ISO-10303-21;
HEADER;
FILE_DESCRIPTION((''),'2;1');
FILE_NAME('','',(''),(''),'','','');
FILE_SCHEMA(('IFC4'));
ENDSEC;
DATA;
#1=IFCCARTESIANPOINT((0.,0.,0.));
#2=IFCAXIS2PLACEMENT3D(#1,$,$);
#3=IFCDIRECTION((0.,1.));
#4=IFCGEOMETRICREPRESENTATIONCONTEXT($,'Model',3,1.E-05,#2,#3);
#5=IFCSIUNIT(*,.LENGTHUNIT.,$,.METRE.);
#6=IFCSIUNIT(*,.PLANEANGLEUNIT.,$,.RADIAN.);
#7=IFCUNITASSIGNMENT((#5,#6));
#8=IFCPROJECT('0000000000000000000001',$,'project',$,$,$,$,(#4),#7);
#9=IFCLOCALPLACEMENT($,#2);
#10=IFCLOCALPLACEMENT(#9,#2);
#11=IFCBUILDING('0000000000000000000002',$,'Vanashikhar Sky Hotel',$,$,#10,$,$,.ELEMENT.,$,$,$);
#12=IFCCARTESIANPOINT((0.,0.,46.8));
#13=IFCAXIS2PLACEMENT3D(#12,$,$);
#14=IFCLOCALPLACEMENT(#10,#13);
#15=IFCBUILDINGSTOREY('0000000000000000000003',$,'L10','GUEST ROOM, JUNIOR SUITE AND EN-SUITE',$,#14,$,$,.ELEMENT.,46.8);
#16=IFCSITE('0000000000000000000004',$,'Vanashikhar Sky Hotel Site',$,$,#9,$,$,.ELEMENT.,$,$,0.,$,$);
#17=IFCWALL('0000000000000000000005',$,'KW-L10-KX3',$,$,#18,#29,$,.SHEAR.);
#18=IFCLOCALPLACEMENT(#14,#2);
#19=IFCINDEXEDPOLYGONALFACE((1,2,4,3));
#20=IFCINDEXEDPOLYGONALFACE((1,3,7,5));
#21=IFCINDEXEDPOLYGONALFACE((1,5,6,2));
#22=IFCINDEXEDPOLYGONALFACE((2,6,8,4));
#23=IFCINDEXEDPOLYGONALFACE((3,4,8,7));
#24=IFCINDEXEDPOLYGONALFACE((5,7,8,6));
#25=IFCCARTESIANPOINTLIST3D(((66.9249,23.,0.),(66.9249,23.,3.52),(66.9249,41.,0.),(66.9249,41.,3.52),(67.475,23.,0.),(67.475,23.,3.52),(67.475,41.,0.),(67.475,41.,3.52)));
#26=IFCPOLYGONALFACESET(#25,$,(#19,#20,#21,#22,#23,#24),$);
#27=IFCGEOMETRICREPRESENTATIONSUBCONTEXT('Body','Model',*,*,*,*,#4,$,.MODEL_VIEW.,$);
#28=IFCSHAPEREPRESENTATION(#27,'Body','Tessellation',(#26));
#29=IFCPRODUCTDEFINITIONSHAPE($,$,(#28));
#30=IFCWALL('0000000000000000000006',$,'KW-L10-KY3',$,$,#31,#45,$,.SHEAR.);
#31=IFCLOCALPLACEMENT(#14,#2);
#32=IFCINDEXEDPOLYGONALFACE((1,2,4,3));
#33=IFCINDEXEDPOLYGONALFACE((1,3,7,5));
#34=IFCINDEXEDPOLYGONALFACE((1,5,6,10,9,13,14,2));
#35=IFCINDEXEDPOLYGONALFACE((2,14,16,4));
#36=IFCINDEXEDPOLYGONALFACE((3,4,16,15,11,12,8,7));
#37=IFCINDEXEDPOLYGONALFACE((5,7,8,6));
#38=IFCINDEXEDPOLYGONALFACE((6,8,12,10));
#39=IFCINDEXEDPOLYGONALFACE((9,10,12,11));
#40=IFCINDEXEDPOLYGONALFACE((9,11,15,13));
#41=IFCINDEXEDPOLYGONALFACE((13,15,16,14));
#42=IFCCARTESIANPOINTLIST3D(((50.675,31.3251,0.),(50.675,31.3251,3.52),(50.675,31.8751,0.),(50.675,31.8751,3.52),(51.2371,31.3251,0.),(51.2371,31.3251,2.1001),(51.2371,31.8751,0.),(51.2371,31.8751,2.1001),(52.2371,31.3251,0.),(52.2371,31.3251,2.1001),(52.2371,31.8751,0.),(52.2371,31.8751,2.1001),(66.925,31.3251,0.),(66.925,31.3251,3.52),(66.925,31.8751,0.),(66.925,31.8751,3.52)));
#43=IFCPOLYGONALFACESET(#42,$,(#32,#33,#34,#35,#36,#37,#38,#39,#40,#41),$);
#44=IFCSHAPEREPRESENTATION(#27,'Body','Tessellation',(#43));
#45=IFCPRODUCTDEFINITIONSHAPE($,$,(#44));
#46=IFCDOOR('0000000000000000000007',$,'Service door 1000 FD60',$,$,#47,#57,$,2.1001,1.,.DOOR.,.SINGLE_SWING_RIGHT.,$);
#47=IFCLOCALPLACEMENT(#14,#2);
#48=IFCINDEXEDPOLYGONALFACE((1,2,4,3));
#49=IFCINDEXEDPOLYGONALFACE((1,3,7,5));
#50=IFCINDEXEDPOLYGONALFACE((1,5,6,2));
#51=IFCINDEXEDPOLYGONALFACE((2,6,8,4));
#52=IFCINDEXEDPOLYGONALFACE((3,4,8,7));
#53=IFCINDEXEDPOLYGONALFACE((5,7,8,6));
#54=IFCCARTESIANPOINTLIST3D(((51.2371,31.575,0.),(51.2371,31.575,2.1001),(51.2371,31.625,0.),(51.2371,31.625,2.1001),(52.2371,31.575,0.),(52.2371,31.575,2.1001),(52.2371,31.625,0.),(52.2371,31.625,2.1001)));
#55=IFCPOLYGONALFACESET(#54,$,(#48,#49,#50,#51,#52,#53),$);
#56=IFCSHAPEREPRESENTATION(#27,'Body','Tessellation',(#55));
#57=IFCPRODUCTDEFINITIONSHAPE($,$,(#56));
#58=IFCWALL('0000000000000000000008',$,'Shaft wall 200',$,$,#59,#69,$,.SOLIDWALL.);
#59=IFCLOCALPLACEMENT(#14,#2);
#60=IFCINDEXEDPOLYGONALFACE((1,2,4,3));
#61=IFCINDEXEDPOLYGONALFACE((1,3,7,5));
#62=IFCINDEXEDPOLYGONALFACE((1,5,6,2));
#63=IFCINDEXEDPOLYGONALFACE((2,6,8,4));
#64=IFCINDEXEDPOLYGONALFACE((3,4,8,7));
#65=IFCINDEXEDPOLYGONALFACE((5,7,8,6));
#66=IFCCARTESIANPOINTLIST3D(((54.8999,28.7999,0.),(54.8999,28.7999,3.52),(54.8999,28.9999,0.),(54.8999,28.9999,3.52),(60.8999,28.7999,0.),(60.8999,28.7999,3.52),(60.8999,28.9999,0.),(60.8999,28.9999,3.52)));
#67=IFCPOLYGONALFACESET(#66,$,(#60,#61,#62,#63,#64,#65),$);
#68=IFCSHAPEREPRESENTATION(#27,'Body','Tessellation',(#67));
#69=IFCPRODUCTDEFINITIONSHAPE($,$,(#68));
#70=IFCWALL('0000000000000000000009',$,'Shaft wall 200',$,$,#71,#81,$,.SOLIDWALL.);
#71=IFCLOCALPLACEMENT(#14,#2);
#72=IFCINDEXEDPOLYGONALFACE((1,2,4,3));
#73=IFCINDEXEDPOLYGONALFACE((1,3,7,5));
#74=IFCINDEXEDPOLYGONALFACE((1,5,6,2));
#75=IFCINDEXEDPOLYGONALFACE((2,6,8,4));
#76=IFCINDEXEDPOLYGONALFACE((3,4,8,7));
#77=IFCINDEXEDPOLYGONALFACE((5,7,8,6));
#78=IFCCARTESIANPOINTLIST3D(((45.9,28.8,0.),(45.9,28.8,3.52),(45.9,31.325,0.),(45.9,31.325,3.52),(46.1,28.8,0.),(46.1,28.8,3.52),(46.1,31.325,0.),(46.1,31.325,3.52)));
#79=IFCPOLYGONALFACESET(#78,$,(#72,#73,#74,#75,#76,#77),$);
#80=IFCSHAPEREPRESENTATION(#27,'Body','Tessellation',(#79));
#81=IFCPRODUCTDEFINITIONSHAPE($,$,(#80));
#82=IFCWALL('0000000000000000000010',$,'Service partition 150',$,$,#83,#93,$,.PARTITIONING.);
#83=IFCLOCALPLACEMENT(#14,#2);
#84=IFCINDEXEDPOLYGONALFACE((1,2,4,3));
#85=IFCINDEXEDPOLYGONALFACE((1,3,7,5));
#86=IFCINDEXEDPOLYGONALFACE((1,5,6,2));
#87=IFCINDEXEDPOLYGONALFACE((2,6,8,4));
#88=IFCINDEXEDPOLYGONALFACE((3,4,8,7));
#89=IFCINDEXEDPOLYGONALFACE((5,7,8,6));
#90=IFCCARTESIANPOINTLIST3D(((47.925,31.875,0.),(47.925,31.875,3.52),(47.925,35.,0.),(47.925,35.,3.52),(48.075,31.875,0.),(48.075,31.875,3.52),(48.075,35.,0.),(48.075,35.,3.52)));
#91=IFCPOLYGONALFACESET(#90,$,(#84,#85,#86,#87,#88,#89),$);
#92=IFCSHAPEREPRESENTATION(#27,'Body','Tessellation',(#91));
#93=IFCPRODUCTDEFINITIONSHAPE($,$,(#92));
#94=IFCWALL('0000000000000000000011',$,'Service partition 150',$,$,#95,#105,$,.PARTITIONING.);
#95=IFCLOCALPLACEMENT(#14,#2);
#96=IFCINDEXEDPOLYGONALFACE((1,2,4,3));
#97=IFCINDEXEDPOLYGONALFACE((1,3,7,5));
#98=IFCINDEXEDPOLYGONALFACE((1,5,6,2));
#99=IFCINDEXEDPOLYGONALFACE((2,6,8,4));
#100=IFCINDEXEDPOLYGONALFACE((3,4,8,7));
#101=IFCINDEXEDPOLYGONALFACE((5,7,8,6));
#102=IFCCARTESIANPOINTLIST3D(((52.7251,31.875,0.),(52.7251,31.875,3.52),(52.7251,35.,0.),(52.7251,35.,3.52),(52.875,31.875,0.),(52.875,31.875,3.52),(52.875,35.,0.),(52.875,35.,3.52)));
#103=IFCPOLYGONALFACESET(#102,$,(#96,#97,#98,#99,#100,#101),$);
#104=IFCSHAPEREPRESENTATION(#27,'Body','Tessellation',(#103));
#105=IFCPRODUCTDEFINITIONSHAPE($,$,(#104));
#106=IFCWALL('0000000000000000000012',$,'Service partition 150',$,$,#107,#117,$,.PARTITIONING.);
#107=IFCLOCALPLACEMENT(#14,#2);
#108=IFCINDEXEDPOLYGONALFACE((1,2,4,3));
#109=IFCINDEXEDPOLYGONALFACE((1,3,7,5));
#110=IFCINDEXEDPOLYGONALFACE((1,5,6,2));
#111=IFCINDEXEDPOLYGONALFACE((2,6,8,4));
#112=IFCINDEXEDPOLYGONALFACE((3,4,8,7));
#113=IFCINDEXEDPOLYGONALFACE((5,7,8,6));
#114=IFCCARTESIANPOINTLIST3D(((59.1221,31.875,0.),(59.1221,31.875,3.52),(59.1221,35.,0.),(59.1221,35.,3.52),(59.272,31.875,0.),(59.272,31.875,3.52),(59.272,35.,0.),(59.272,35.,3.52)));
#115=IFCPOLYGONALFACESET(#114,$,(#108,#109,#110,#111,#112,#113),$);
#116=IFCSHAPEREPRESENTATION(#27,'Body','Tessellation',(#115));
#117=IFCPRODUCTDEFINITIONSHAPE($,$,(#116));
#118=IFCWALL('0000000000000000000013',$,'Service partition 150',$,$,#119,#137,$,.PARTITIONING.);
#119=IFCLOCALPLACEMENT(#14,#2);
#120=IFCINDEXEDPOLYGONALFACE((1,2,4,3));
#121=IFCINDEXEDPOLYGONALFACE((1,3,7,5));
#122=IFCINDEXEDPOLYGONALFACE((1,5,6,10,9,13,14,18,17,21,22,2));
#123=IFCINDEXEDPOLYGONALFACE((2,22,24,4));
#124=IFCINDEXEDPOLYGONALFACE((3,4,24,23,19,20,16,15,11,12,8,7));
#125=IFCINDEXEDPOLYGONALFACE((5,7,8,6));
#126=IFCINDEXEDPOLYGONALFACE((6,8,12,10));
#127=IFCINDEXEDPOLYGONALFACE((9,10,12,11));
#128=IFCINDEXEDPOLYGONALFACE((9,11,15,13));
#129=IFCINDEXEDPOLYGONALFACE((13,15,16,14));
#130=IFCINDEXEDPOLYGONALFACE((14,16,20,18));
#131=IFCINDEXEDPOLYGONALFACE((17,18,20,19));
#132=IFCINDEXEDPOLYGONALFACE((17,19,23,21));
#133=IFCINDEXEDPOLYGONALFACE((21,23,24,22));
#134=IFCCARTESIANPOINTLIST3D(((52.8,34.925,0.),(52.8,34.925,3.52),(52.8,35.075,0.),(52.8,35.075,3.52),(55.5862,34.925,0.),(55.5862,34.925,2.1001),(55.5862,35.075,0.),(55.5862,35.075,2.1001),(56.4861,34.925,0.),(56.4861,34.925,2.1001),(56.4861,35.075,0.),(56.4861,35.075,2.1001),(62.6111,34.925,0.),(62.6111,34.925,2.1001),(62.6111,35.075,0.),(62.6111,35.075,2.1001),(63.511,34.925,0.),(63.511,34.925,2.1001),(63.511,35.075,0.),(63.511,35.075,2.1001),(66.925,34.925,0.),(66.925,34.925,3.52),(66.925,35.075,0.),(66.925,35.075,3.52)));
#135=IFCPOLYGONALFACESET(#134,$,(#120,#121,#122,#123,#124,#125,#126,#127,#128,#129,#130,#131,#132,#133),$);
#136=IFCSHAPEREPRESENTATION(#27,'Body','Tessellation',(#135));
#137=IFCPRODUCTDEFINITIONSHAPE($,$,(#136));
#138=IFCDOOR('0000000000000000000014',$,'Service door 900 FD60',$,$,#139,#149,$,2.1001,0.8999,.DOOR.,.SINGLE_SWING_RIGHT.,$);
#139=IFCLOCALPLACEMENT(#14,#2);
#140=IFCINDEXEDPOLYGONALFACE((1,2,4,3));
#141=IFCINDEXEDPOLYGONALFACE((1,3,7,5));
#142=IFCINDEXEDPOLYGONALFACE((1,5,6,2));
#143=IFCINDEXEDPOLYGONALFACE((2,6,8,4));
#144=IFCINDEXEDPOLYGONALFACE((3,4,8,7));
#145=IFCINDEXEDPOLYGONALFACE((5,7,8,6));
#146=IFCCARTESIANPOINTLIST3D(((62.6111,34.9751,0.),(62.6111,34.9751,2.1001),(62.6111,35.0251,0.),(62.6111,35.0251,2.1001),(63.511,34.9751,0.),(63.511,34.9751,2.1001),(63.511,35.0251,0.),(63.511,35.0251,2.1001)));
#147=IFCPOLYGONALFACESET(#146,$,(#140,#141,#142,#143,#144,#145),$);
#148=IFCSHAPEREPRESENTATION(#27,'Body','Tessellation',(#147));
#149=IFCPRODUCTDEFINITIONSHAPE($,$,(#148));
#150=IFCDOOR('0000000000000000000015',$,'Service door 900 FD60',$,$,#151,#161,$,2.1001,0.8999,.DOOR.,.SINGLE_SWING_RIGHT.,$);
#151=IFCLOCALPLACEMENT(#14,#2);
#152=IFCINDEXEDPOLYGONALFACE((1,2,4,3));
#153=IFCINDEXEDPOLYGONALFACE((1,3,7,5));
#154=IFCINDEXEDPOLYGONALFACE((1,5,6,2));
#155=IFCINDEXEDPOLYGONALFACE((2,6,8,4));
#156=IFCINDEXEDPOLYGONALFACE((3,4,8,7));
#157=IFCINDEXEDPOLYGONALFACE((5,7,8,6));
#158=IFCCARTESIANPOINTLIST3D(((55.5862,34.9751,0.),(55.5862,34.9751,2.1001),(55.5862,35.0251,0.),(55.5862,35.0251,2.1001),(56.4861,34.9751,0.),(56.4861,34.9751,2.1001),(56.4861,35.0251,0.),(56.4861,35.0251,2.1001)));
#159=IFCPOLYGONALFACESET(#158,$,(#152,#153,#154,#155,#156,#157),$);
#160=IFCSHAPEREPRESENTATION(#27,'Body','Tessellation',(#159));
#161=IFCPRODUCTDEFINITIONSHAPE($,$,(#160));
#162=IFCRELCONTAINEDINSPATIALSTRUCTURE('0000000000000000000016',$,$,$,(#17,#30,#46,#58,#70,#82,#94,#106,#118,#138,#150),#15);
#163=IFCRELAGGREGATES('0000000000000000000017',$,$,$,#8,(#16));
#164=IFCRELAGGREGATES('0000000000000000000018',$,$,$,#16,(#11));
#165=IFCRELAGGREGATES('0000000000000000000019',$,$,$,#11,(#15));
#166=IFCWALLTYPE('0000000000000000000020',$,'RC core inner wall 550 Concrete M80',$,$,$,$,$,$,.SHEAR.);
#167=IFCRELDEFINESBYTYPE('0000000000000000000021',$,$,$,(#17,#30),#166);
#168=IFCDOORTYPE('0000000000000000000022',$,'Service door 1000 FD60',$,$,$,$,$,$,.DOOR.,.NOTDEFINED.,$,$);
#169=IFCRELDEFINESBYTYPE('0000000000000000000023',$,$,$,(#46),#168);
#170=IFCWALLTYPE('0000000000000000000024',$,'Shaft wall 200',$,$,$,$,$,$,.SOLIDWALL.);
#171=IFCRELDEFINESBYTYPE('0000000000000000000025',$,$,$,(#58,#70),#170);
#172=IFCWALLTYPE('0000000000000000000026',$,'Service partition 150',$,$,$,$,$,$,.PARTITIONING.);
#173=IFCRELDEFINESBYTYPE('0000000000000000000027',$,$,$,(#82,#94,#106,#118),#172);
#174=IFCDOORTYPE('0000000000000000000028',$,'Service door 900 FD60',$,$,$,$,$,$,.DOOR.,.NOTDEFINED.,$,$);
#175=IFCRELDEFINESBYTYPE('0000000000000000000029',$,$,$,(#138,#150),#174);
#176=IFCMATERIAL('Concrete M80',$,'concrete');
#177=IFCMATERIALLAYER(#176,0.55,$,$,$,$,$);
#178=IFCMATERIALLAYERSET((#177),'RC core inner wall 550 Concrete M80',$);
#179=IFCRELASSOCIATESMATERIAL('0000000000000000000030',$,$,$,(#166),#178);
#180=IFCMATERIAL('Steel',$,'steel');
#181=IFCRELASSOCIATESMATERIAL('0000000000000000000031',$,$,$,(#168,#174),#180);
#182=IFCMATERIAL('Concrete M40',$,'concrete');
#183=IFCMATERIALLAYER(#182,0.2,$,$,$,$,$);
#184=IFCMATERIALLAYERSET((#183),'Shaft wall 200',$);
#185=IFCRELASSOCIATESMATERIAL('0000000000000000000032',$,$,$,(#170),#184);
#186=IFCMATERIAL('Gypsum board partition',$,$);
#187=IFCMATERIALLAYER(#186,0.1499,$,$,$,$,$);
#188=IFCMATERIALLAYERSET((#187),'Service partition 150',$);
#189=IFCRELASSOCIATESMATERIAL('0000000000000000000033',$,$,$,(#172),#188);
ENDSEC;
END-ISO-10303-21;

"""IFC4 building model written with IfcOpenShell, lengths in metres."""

from ifc_helpers import new_model, si_unit, direction, frame, frame_2d, origin, place, context, subcontext, project, spatial, rectangle, extrude, source, transform, mapped, material, layer, layer_set, type_object, element, fill, save


model = new_model("IFC4")

# Units and contexts
model_context = context("Model", 3, precision=1e-05, world=origin(), true_north=direction((0.0, 1.0)))
body_context = subcontext(model_context, "Body", "Model", "MODEL_VIEW")
ifc_project = project(units=[si_unit("LENGTHUNIT", "METRE"), si_unit("PLANEANGLEUNIT", "RADIAN")], contexts=[model_context])

# Site, building, storey
site_placement = place(None, origin())
site = spatial("IfcSite", under=ifc_project, at=site_placement, Name="Vanashikhar Sky Hotel Site", CompositionType="ELEMENT", RefElevation=0.0)
building_placement = place(site_placement, origin())
building = spatial("IfcBuilding", under=site, at=building_placement, Name="Vanashikhar Sky Hotel", CompositionType="ELEMENT")
storey_placement = place(building_placement, frame((0.0, 0.0, 46.8)))
storey = spatial("IfcBuildingStorey", under=building, at=storey_placement, Name="L10", Description="GUEST ROOM, JUNIOR SUITE AND EN-SUITE", CompositionType="ELEMENT", Elevation=46.8)

# Wall
ifc_material_1 = material(Name="Concrete M80", Category="concrete")
ifc_layer_1 = layer(ifc_material_1, 0.55)
ifc_layer_set_1 = layer_set([ifc_layer_1], Name="RC core inner wall 550 Concrete M80")
wall_type_1 = type_object("IfcWallType", Name="RC core inner wall 550 Concrete M80", PredefinedType="SHEAR", material=ifc_layer_set_1)
shared_shape_1 = source(origin(), body_context, "Body", "SweptSolid", [
    extrude(rectangle(XDim=18.0, YDim=0.55, at=frame_2d((9.0, 0.0))), origin(), (0.0, 0.0, 1.0), 3.52),
])
wall_1_placement = place(storey_placement, frame((67.2, 23.0, 0.0), z_axis=(0.0, 0.0, 1.0), x_axis=(0.0, 1.0, 0.0)))
element("IfcWall", 1, at=wall_1_placement, inside=storey, type_object=wall_type_1, Name="KW-L10-KX3", PredefinedType="SHEAR", context=body_context, shape_type="MappedRepresentation", body=[
    mapped(shared_shape_1, transform((0.0, 0.0, 0.0), scale=1.0)),
])

# Wall, opening, door
shared_shape_2 = source(origin(), body_context, "Body", "SweptSolid", [
    extrude(rectangle(XDim=16.25, YDim=0.55, at=frame_2d((8.125, 0.0))), origin(), (0.0, 0.0, 1.0), 3.52),
])
wall_2_placement = place(storey_placement, frame((50.675, 31.6001, 0.0), z_axis=(0.0, 0.0, 1.0), x_axis=(1.0, 0.0, 0.0)))
wall_2 = element("IfcWall", 2, at=wall_2_placement, inside=storey, type_object=wall_type_1, Name="KW-L10-KY3", PredefinedType="SHEAR", context=body_context, shape_type="MappedRepresentation", body=[
    mapped(shared_shape_2, transform((0.0, 0.0, 0.0), scale=1.0)),
])
shared_shape_3 = source(origin(), body_context, "Body", "SweptSolid", [
    extrude(rectangle(XDim=1.0, YDim=2.1001, at=frame_2d((0.5, 1.05))), frame((0.0, 0.2852, 0.0), z_axis=(0.0, -1.0, 0.0), x_axis=(1.0, 0.0, 0.0)), (0.0, 0.0, 1.0), 0.5701),
])
opening_1_placement = place(wall_2_placement, frame((0.562, 0.0, 0.0)))
opening_1 = element("IfcOpeningElement", 3, at=opening_1_placement, cuts=wall_2, PredefinedType="OPENING", context=body_context, shape_type="MappedRepresentation", body=[
    mapped(shared_shape_3, transform((0.0, 0.0, 0.0), scale=1.0)),
])
ifc_material_2 = material(Name="Steel", Category="steel")
door_type_1 = type_object("IfcDoorType", Name="Service door 1000 FD60", OperationType="NOTDEFINED", PredefinedType="DOOR", material=ifc_material_2)
shared_shape_4 = source(origin(), body_context, "Body", "SweptSolid", [
    extrude(rectangle(XDim=1.0, YDim=2.1001, at=frame_2d((0.5, 1.05))), frame((0.0, 0.0249, 0.0), z_axis=(0.0, -1.0, 0.0), x_axis=(1.0, 0.0, 0.0)), (0.0, 0.0, 1.0), 0.05),
])
door_1_placement = place(opening_1_placement, origin())
door_1 = element("IfcDoor", 4, at=door_1_placement, inside=storey, type_object=door_type_1, Name="Service door 1000 FD60", OperationType="SINGLE_SWING_RIGHT", OverallHeight=2.1001, OverallWidth=1.0, PredefinedType="DOOR", context=body_context, shape_type="MappedRepresentation", body=[
    mapped(shared_shape_4, transform((0.0, 0.0, 0.0), scale=1.0)),
])
fill(opening_1, door_1)

# Walls
ifc_material_3 = material(Name="Concrete M40", Category="concrete")
ifc_layer_2 = layer(ifc_material_3, 0.2)
ifc_layer_set_2 = layer_set([ifc_layer_2], Name="Shaft wall 200")
wall_type_2 = type_object("IfcWallType", Name="Shaft wall 200", PredefinedType="SOLIDWALL", material=ifc_layer_set_2)
shared_shape_5 = source(origin(), body_context, "Body", "SweptSolid", [
    extrude(rectangle(XDim=6.0, YDim=0.2, at=frame_2d((3.0, 0.0))), origin(), (0.0, 0.0, 1.0), 3.52),
])
wall_3_placement = place(storey_placement, frame((60.8999, 28.8999, 0.0), z_axis=(0.0, 0.0, 1.0), x_axis=(-1.0, 0.0, 0.0)))
element("IfcWall", 5, at=wall_3_placement, inside=storey, type_object=wall_type_2, Name="Shaft wall 200", PredefinedType="SOLIDWALL", context=body_context, shape_type="MappedRepresentation", body=[
    mapped(shared_shape_5, transform((0.0, 0.0, 0.0), scale=1.0)),
])
shared_shape_6 = source(origin(), body_context, "Body", "SweptSolid", [
    extrude(rectangle(XDim=2.5249, YDim=0.2, at=frame_2d((1.2625, 0.0))), origin(), (0.0, 0.0, 1.0), 3.52),
])
wall_4_placement = place(storey_placement, frame((46.0, 28.8, 0.0), z_axis=(0.0, 0.0, 1.0), x_axis=(0.0, 1.0, 0.0)))
element("IfcWall", 6, at=wall_4_placement, inside=storey, type_object=wall_type_2, Name="Shaft wall 200", PredefinedType="SOLIDWALL", context=body_context, shape_type="MappedRepresentation", body=[
    mapped(shared_shape_6, transform((0.0, 0.0, 0.0), scale=1.0)),
])
ifc_material_4 = material(Name="Gypsum board partition")
ifc_layer_3 = layer(ifc_material_4, 0.1499)
ifc_layer_set_3 = layer_set([ifc_layer_3], Name="Service partition 150")
wall_type_3 = type_object("IfcWallType", Name="Service partition 150", PredefinedType="PARTITIONING", material=ifc_layer_set_3)
shared_shape_7 = source(origin(), body_context, "Body", "SweptSolid", [
    extrude(rectangle(XDim=3.125, YDim=0.1499, at=frame_2d((1.5625, 0.0))), origin(), (0.0, 0.0, 1.0), 3.52),
])
for number, where, z_axis, x_axis, name in (
    (7, (48.0, 31.875, 0.0), (0.0, 0.0, 1.0), (0.0, 1.0, 0.0), "Service partition 150"),
    (8, (52.8, 31.875, 0.0), (0.0, 0.0, 1.0), (0.0, 1.0, 0.0), "Service partition 150"),
    (9, (59.197, 31.875, 0.0), (0.0, 0.0, 1.0), (0.0, 1.0, 0.0), "Service partition 150"),
):
    element("IfcWall", number, at=place(storey_placement, frame(where, z_axis=z_axis, x_axis=x_axis)), inside=storey, type_object=wall_type_3, Name=name, PredefinedType="PARTITIONING", context=body_context, shape_type="MappedRepresentation", body=[
        mapped(shared_shape_7, transform((0.0, 0.0, 0.0), scale=1.0)),
    ])

# Wall, openings, doors
shared_shape_8 = source(origin(), body_context, "Body", "SweptSolid", [
    extrude(rectangle(XDim=14.125, YDim=0.1499, at=frame_2d((7.0625, 0.0))), origin(), (0.0, 0.0, 1.0), 3.52),
])
wall_5_placement = place(storey_placement, frame((66.925, 35.0, 0.0), z_axis=(0.0, 0.0, 1.0), x_axis=(-1.0, 0.0, 0.0)))
wall_5 = element("IfcWall", 10, at=wall_5_placement, inside=storey, type_object=wall_type_3, Name="Service partition 150", PredefinedType="PARTITIONING", context=body_context, shape_type="MappedRepresentation", body=[
    mapped(shared_shape_8, transform((0.0, 0.0, 0.0), scale=1.0)),
])
shared_shape_9 = source(origin(), body_context, "Body", "SweptSolid", [
    extrude(rectangle(XDim=0.8999, YDim=2.1001, at=frame_2d((0.45, 1.05))), frame((0.0, 0.085, 0.0), z_axis=(0.0, -1.0, 0.0), x_axis=(1.0, 0.0, 0.0)), (0.0, 0.0, 1.0), 0.1699),
])
opening_2_placement = place(wall_5_placement, frame((3.4141, 0.0, 0.0)))
opening_2 = element("IfcOpeningElement", 11, at=opening_2_placement, cuts=wall_5, PredefinedType="OPENING", context=body_context, shape_type="MappedRepresentation", body=[
    mapped(shared_shape_9, transform((0.0, 0.0, 0.0), scale=1.0)),
])
opening_3_placement = place(wall_5_placement, frame((10.439, 0.0, 0.0)))
opening_3 = element("IfcOpeningElement", 12, at=opening_3_placement, cuts=wall_5, PredefinedType="OPENING", context=body_context, shape_type="MappedRepresentation", body=[
    mapped(shared_shape_9, transform((0.0, 0.0, 0.0), scale=1.0)),
])
door_type_2 = type_object("IfcDoorType", Name="Service door 900 FD60", OperationType="NOTDEFINED", PredefinedType="DOOR", material=ifc_material_2)
shared_shape_10 = source(origin(), body_context, "Body", "SweptSolid", [
    extrude(rectangle(XDim=0.8999, YDim=2.1001, at=frame_2d((0.45, 1.05))), frame((0.0, 0.0249, 0.0), z_axis=(0.0, -1.0, 0.0), x_axis=(1.0, 0.0, 0.0)), (0.0, 0.0, 1.0), 0.05),
])
door_2_placement = place(opening_2_placement, origin())
door_2 = element("IfcDoor", 13, at=door_2_placement, inside=storey, type_object=door_type_2, Name="Service door 900 FD60", OperationType="SINGLE_SWING_RIGHT", OverallHeight=2.1001, OverallWidth=0.8999, PredefinedType="DOOR", context=body_context, shape_type="MappedRepresentation", body=[
    mapped(shared_shape_10, transform((0.0, 0.0, 0.0), scale=1.0)),
])
fill(opening_2, door_2)
door_3_placement = place(opening_3_placement, origin())
door_3 = element("IfcDoor", 14, at=door_3_placement, inside=storey, type_object=door_type_2, Name="Service door 900 FD60", OperationType="SINGLE_SWING_RIGHT", OverallHeight=2.1001, OverallWidth=0.8999, PredefinedType="DOOR", context=body_context, shape_type="MappedRepresentation", body=[
    mapped(shared_shape_10, transform((0.0, 0.0, 0.0), scale=1.0)),
])
fill(opening_3, door_3)

save(model, "model.ifc")
